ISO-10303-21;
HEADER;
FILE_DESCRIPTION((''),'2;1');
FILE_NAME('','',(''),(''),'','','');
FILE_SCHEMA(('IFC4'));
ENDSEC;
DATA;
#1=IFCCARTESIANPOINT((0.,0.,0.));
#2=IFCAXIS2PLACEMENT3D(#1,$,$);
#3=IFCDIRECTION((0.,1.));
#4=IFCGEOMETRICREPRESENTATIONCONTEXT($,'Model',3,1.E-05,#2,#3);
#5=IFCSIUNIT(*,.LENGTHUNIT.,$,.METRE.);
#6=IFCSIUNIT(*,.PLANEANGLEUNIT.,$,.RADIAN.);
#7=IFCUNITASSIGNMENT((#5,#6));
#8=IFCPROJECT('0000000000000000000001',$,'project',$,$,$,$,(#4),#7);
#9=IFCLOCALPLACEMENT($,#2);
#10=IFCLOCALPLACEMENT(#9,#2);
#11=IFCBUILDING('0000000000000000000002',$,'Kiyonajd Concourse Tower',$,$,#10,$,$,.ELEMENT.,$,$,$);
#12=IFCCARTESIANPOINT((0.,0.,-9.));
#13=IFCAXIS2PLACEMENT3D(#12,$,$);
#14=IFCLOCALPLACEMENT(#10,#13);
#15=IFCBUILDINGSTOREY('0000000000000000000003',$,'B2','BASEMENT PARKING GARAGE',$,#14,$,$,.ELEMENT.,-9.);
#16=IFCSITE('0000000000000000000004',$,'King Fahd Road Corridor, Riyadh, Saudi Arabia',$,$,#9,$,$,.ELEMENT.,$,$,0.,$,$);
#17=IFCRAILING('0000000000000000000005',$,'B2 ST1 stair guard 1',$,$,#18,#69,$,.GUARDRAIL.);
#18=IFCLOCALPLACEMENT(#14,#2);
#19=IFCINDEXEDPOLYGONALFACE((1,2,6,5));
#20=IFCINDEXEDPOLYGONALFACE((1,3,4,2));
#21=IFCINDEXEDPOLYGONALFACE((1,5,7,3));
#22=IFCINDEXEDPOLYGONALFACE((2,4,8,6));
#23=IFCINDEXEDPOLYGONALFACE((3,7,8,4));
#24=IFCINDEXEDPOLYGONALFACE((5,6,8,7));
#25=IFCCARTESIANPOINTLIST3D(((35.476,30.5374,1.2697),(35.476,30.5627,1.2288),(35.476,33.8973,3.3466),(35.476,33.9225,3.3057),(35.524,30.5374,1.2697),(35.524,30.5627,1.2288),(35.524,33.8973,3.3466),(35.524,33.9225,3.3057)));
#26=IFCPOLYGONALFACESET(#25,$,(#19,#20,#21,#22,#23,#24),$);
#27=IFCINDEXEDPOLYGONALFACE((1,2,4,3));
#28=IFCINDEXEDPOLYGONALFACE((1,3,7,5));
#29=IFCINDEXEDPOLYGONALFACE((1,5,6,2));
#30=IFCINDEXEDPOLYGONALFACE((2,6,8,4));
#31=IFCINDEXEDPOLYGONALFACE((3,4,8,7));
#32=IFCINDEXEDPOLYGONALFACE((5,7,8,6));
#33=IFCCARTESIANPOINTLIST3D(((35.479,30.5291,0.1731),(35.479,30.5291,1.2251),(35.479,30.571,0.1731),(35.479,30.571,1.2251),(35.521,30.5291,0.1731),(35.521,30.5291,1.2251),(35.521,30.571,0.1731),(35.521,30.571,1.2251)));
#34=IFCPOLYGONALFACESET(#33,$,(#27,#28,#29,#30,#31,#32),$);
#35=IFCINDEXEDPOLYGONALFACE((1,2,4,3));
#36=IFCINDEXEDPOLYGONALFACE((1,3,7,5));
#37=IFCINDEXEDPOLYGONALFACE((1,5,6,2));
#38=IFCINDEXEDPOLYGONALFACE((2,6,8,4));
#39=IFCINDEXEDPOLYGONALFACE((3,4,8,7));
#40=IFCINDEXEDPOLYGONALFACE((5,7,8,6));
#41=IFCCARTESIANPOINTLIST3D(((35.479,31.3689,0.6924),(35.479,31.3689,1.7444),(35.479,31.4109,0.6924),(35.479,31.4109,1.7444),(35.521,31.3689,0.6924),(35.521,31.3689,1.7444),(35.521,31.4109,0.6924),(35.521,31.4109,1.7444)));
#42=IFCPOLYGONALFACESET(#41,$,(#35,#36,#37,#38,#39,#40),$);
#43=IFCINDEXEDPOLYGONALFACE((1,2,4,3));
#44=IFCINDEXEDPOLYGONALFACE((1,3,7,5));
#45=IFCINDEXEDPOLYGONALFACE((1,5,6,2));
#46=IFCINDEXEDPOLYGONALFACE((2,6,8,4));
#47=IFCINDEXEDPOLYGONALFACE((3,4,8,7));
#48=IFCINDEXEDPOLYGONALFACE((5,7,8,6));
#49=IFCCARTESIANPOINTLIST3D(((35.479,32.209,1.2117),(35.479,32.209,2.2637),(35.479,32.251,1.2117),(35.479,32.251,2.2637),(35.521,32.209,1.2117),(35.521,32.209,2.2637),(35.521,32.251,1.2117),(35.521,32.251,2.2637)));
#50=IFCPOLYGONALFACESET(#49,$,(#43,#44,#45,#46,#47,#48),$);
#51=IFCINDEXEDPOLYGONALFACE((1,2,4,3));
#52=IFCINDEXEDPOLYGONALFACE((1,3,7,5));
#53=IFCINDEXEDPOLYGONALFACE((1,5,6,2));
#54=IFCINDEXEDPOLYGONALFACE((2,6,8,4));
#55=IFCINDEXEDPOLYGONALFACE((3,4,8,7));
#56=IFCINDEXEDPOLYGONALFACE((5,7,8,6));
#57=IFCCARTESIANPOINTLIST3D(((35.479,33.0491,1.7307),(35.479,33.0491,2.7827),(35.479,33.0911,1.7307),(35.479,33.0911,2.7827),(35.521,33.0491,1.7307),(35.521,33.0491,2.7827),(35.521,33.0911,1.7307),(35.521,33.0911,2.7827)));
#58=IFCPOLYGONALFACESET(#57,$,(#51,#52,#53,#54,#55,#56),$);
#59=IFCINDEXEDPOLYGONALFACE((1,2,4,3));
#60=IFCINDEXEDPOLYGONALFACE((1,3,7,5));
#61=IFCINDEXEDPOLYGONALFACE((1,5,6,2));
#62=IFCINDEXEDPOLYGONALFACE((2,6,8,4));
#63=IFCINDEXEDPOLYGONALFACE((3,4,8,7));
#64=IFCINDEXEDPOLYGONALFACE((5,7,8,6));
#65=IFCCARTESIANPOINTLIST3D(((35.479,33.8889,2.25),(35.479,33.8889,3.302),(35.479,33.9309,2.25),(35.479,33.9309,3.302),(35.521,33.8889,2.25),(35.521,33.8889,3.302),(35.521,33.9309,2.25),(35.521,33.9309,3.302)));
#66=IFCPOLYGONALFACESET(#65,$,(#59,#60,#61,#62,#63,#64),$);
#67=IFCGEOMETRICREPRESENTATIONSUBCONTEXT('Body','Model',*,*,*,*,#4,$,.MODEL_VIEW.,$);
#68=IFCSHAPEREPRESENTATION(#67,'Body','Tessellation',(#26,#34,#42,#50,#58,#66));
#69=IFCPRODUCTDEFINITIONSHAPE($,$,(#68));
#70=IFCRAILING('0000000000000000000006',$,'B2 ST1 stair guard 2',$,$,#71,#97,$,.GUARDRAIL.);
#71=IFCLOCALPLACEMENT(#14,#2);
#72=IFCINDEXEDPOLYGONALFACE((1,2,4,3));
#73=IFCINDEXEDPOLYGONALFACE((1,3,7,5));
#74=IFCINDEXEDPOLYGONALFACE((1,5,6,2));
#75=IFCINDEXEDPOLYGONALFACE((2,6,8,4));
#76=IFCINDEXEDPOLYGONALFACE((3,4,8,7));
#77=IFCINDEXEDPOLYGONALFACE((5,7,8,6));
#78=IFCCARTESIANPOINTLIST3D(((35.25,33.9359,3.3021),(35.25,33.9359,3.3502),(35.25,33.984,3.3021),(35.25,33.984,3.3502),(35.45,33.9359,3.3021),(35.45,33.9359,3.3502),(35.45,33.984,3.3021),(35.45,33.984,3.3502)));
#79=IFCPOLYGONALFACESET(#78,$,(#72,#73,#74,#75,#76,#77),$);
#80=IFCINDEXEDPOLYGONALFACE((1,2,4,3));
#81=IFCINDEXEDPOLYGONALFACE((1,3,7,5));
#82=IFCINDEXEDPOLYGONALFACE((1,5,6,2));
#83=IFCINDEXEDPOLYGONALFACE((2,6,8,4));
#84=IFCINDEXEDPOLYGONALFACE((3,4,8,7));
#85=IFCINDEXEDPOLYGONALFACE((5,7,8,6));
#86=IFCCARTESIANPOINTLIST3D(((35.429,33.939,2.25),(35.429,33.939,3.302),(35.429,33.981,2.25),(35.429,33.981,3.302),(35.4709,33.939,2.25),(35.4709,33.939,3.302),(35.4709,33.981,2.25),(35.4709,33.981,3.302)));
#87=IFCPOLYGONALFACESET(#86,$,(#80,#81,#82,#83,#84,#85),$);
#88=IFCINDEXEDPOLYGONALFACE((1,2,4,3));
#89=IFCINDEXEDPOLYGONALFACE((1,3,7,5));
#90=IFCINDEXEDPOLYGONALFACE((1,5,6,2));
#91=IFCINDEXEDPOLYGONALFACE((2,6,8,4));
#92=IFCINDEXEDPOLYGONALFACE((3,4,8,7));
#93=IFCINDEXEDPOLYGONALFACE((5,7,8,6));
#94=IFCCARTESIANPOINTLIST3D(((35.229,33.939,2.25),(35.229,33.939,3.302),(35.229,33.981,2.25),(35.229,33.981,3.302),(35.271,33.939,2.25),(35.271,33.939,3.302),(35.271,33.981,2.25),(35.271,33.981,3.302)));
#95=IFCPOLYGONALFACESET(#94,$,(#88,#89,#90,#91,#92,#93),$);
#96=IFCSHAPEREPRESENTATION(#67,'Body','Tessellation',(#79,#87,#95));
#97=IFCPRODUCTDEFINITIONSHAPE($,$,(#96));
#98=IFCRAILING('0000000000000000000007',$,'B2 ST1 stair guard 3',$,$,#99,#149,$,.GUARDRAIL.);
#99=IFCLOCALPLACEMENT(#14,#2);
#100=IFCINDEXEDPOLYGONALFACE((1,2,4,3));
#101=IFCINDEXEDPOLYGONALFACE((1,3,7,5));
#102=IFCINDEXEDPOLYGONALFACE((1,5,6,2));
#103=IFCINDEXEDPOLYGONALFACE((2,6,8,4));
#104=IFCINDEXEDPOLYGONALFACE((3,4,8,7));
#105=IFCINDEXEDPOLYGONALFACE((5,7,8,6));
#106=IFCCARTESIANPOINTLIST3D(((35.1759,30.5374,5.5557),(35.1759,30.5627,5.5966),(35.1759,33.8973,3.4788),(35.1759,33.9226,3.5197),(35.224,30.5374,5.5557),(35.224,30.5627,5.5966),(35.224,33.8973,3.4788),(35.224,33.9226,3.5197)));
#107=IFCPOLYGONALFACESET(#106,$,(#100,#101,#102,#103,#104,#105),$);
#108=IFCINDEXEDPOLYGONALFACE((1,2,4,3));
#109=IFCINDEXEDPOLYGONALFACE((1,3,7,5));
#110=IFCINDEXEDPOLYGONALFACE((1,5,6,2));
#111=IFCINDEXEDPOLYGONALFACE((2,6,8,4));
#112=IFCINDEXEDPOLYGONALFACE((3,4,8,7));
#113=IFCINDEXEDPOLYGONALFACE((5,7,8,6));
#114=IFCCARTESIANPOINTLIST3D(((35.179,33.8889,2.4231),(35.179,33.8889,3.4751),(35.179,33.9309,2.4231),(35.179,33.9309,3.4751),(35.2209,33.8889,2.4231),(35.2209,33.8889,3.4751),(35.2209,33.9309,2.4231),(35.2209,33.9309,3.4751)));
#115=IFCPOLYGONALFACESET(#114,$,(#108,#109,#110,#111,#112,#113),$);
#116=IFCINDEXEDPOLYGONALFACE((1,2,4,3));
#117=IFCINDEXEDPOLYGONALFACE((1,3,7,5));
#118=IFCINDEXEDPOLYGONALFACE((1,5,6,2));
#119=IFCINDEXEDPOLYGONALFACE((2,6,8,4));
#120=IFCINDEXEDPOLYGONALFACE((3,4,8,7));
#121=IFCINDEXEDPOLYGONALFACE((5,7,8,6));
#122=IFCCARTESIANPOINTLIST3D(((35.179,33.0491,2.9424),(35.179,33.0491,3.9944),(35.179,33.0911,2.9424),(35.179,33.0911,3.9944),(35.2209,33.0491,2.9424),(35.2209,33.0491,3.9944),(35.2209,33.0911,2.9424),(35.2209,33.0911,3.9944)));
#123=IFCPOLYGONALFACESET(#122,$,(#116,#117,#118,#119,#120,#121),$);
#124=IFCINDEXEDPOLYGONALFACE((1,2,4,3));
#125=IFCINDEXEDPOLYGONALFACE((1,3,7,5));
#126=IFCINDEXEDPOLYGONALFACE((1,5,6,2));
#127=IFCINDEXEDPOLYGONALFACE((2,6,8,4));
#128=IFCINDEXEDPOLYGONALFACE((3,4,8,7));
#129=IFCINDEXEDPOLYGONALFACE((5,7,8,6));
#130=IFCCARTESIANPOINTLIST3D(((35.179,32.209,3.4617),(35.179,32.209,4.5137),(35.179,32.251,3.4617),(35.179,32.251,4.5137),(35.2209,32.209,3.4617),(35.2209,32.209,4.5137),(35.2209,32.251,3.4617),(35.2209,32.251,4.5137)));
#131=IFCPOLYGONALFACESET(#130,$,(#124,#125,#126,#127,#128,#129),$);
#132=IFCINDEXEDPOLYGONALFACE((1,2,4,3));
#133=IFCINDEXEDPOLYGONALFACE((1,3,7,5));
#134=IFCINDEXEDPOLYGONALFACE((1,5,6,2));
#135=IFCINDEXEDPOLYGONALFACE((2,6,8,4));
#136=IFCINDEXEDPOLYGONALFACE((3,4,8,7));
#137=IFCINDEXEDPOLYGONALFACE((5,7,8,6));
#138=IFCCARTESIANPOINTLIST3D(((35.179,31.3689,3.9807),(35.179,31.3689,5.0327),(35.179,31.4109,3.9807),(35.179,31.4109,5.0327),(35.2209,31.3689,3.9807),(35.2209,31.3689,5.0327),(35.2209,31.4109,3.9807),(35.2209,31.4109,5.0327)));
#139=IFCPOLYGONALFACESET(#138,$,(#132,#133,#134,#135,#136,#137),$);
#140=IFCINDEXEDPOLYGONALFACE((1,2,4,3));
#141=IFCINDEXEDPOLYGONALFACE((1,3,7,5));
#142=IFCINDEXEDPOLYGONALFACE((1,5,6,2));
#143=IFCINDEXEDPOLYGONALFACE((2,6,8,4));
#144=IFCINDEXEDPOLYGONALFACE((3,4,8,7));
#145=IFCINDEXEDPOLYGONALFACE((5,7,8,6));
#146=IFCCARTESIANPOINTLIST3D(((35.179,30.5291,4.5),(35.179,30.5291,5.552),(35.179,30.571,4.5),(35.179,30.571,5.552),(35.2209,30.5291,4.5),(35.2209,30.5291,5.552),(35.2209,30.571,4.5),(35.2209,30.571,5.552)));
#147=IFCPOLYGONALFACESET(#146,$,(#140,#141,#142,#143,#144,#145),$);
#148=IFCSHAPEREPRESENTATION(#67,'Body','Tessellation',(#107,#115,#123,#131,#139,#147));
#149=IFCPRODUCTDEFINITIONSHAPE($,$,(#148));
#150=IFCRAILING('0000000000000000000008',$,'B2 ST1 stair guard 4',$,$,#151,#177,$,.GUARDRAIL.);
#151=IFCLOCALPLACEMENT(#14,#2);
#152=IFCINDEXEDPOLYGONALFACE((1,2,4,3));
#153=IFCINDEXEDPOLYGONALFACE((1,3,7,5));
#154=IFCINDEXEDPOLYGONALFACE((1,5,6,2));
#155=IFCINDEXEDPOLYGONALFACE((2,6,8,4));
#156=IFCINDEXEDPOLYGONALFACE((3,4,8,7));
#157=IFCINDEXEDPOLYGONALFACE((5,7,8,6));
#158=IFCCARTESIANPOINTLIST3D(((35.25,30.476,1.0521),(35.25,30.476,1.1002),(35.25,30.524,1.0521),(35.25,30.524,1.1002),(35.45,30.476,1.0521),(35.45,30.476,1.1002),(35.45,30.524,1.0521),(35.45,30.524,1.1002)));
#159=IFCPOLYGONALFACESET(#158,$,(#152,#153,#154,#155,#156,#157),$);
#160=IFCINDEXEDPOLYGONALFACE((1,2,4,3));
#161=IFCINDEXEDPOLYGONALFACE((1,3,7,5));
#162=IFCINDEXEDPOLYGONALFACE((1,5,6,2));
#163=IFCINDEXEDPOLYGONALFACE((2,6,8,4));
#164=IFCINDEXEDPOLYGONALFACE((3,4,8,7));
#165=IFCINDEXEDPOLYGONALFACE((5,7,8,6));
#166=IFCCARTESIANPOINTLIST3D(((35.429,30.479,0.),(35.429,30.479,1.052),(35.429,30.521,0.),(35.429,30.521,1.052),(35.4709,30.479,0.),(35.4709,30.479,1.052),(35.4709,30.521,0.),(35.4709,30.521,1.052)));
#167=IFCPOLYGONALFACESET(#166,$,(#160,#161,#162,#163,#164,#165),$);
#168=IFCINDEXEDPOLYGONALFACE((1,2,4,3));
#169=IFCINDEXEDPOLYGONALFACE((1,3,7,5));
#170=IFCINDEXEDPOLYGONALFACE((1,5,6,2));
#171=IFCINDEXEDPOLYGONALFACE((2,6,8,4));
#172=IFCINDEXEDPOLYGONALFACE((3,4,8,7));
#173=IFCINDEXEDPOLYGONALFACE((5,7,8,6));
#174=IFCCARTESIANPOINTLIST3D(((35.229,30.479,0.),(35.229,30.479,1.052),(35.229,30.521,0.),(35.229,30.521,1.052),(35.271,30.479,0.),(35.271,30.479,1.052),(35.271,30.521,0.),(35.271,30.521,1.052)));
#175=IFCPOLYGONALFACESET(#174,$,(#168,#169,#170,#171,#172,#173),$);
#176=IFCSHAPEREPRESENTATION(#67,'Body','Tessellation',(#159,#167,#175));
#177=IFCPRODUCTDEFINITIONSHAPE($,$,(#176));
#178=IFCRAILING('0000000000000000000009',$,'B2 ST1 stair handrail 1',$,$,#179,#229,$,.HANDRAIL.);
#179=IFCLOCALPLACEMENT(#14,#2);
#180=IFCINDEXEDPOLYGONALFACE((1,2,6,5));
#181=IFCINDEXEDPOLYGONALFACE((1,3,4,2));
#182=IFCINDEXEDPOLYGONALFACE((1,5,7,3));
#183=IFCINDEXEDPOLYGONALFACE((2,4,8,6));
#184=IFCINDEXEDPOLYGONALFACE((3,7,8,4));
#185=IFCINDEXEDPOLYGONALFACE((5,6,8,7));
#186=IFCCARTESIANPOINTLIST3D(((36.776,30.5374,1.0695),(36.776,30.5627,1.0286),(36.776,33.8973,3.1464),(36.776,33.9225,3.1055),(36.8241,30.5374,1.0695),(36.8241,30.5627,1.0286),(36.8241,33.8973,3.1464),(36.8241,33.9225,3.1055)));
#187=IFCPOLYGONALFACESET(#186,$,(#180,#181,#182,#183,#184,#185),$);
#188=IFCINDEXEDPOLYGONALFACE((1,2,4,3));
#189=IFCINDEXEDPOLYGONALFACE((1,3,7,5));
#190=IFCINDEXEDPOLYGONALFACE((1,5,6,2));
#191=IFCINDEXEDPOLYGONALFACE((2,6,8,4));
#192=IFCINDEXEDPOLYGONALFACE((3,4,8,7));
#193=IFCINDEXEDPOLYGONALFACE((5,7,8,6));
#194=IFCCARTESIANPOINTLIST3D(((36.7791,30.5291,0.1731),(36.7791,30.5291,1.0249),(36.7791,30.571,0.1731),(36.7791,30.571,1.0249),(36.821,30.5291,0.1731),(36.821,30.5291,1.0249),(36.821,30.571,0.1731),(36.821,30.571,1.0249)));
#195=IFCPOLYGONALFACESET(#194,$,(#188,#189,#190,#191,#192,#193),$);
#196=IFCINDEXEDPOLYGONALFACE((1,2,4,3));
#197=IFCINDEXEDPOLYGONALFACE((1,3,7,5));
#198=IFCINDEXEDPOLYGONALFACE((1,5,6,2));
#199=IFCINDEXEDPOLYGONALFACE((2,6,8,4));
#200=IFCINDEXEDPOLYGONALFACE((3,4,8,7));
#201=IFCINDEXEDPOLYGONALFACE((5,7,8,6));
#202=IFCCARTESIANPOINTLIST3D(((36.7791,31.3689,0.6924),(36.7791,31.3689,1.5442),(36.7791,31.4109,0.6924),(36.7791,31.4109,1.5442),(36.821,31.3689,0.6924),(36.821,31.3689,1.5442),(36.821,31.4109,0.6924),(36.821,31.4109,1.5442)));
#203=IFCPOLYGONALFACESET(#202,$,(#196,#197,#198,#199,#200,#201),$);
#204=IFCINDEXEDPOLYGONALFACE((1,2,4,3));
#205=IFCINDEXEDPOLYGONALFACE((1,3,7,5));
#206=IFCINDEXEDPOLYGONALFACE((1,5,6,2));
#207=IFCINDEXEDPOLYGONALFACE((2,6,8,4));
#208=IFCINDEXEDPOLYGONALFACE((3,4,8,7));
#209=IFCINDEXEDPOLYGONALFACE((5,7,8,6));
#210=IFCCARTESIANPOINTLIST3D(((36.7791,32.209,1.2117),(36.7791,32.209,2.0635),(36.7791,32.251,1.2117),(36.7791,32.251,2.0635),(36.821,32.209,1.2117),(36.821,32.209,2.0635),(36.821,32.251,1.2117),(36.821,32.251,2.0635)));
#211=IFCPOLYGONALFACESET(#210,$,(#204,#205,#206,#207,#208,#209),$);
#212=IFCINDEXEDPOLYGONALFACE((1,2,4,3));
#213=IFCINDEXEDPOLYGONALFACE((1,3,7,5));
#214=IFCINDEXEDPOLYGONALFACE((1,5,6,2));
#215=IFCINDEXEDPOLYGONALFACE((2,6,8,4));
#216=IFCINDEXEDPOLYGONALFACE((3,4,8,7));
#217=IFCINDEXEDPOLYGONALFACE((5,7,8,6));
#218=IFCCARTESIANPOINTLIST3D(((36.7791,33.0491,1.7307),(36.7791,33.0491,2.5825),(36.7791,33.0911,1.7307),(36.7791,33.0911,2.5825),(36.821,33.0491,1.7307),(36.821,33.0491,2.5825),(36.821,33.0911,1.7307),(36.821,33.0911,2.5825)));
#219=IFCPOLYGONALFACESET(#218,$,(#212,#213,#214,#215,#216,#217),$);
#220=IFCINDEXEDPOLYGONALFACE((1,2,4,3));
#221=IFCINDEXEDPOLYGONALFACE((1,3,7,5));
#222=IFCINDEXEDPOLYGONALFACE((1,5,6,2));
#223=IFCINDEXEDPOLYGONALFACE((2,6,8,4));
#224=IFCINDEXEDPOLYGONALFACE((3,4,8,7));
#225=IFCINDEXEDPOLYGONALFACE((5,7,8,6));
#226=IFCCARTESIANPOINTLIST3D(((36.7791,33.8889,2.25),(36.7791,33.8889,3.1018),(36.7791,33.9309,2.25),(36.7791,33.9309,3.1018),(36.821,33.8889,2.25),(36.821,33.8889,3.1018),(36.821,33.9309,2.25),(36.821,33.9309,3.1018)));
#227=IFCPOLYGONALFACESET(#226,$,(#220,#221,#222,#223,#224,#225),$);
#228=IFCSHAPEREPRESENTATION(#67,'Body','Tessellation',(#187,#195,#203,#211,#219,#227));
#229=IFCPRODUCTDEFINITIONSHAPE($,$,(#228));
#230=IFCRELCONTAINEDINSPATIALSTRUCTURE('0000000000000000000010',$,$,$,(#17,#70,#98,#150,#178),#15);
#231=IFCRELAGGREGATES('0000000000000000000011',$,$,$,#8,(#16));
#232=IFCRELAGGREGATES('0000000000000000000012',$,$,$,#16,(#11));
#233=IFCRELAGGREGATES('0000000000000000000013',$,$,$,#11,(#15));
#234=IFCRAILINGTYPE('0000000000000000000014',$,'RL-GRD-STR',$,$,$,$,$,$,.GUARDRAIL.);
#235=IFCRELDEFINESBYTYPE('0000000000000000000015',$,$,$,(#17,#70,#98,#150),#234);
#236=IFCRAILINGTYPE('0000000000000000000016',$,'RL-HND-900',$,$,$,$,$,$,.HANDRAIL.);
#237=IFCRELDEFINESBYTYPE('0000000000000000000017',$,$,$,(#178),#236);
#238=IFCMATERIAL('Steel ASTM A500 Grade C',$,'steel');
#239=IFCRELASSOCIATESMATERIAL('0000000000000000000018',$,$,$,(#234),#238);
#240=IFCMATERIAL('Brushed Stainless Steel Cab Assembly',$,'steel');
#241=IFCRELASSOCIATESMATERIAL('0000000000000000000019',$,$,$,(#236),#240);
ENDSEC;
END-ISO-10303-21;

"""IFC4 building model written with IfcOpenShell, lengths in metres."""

from ifc_helpers import new_model, si_unit, direction, frame, origin, origin_2d, place, context, subcontext, project, spatial, rectangle, extrude, material, type_object, element, save


model = new_model("IFC4")

# Units and contexts
model_context = context("Model", 3, precision=1e-05, world=origin(), true_north=direction((0.0, 1.0)))
body_context = subcontext(model_context, "Body", "Model", "MODEL_VIEW")
ifc_project = project(units=[si_unit("LENGTHUNIT", "METRE"), si_unit("PLANEANGLEUNIT", "RADIAN")], contexts=[model_context])

# Site, building, storey
site_placement = place(None, origin())
site = spatial("IfcSite", under=ifc_project, at=site_placement, Name="King Fahd Road Corridor, Riyadh, Saudi Arabia", CompositionType="ELEMENT", RefElevation=0.0)
building_placement = place(site_placement, origin())
building = spatial("IfcBuilding", under=site, at=building_placement, Name="Kiyonajd Concourse Tower", CompositionType="ELEMENT")
storey_placement = place(building_placement, frame((0.0, 0.0, -9.0)))
storey = spatial("IfcBuildingStorey", under=building, at=storey_placement, Name="B2", Description="BASEMENT PARKING GARAGE", CompositionType="ELEMENT", Elevation=-9.0)

# Shared definitions
ifc_material_1 = material(Name="Brushed Stainless Steel Cab Assembly", Category="steel")

# Railings
ifc_material_2 = material(Name="Steel ASTM A500 Grade C", Category="steel")
railing_type_1 = type_object("IfcRailingType", Name="RL-GRD-STR", PredefinedType="GUARDRAIL", material=ifc_material_2)
railing_1_placement = place(storey_placement, frame((35.5, 30.55, 0.1731)))
element("IfcRailing", 1, at=railing_1_placement, inside=storey, type_object=railing_type_1, Name="B2 ST1 stair guard 1", PredefinedType="GUARDRAIL", context=body_context, shape_type="SweptSolid", body=[
    extrude(rectangle(XDim=0.0481, YDim=0.0481, at=origin_2d()), frame((0.0, 0.0, 1.0762), z_axis=(0.0, 0.850606, 0.525803), x_axis=(-1.0, 0.0, 0.0)), (0.0, 0.0, 1.0), 3.95),
    extrude(rectangle(XDim=0.042, YDim=0.042, at=origin_2d()), origin(), (0.0, 0.0, 1.0), 1.052),
    extrude(rectangle(XDim=0.042, YDim=0.042, at=origin_2d()), frame((0.0, 0.8398, 0.5193)), (0.0, 0.0, 1.0), 1.052),
    extrude(rectangle(XDim=0.042, YDim=0.042, at=origin_2d()), frame((0.0, 1.6799, 1.0386)), (0.0, 0.0, 1.0), 1.052),
    extrude(rectangle(XDim=0.042, YDim=0.042, at=origin_2d()), frame((0.0, 2.52, 1.5576)), (0.0, 0.0, 1.0), 1.052),
    extrude(rectangle(XDim=0.042, YDim=0.042, at=origin_2d()), frame((0.0, 3.3599, 2.0769)), (0.0, 0.0, 1.0), 1.052),
])
railing_2_placement = place(storey_placement, frame((35.45, 33.96, 2.25)))
element("IfcRailing", 2, at=railing_2_placement, inside=storey, type_object=railing_type_1, Name="B2 ST1 stair guard 2", PredefinedType="GUARDRAIL", context=body_context, shape_type="SweptSolid", body=[
    extrude(rectangle(XDim=0.0481, YDim=0.0481, at=origin_2d()), frame((0.0, 0.0, 1.0762), z_axis=(-1.0, 0.0, 0.0), x_axis=(0.0, -1.0, 0.0)), (0.0, 0.0, 1.0), 0.2),
    extrude(rectangle(XDim=0.042, YDim=0.042, at=origin_2d()), origin(), (0.0, 0.0, 1.0), 1.052),
    extrude(rectangle(XDim=0.042, YDim=0.042, at=origin_2d()), frame((-0.2, 0.0, 0.0)), (0.0, 0.0, 1.0), 1.052),
])
railing_3_placement = place(storey_placement, frame((35.2, 33.9099, 2.4231)))
element("IfcRailing", 3, at=railing_3_placement, inside=storey, type_object=railing_type_1, Name="B2 ST1 stair guard 3", PredefinedType="GUARDRAIL", context=body_context, shape_type="SweptSolid", body=[
    extrude(rectangle(XDim=0.0481, YDim=0.0481, at=origin_2d()), frame((0.0, 0.0, 1.0762), z_axis=(0.0, -0.850606, 0.525803), x_axis=(1.0, 0.0, 0.0)), (0.0, 0.0, 1.0), 3.95),
    extrude(rectangle(XDim=0.042, YDim=0.042, at=origin_2d()), origin(), (0.0, 0.0, 1.0), 1.052),
    extrude(rectangle(XDim=0.042, YDim=0.042, at=origin_2d()), frame((0.0, -0.8398, 0.5193)), (0.0, 0.0, 1.0), 1.052),
    extrude(rectangle(XDim=0.042, YDim=0.042, at=origin_2d()), frame((0.0, -1.6799, 1.0386)), (0.0, 0.0, 1.0), 1.052),
    extrude(rectangle(XDim=0.042, YDim=0.042, at=origin_2d()), frame((0.0, -2.52, 1.5576)), (0.0, 0.0, 1.0), 1.052),
    extrude(rectangle(XDim=0.042, YDim=0.042, at=origin_2d()), frame((0.0, -3.3599, 2.0769)), (0.0, 0.0, 1.0), 1.052),
])
railing_4_placement = place(storey_placement, frame((35.45, 30.5, 0.0)))
element("IfcRailing", 4, at=railing_4_placement, inside=storey, type_object=railing_type_1, Name="B2 ST1 stair guard 4", PredefinedType="GUARDRAIL", context=body_context, shape_type="SweptSolid", body=[
    extrude(rectangle(XDim=0.0481, YDim=0.0481, at=origin_2d()), frame((0.0, 0.0, 1.0762), z_axis=(-1.0, 0.0, 0.0), x_axis=(0.0, -1.0, 0.0)), (0.0, 0.0, 1.0), 0.2),
    extrude(rectangle(XDim=0.042, YDim=0.042, at=origin_2d()), origin(), (0.0, 0.0, 1.0), 1.052),
    extrude(rectangle(XDim=0.042, YDim=0.042, at=origin_2d()), frame((-0.2, 0.0, 0.0)), (0.0, 0.0, 1.0), 1.052),
])
railing_type_2 = type_object("IfcRailingType", Name="RL-HND-900", PredefinedType="HANDRAIL", material=ifc_material_1)
railing_5_placement = place(storey_placement, frame((36.8, 30.55, 0.1731)))
element("IfcRailing", 5, at=railing_5_placement, inside=storey, type_object=railing_type_2, Name="B2 ST1 stair handrail 1", PredefinedType="HANDRAIL", context=body_context, shape_type="SweptSolid", body=[
    extrude(rectangle(XDim=0.0481, YDim=0.0481, at=origin_2d()), frame((0.0, 0.0, 0.876), z_axis=(0.0, 0.850606, 0.525803), x_axis=(-1.0, 0.0, 0.0)), (0.0, 0.0, 1.0), 3.95),
    extrude(rectangle(XDim=0.042, YDim=0.042, at=origin_2d()), origin(), (0.0, 0.0, 1.0), 0.8518),
    extrude(rectangle(XDim=0.042, YDim=0.042, at=origin_2d()), frame((0.0, 0.8398, 0.5193)), (0.0, 0.0, 1.0), 0.8518),
    extrude(rectangle(XDim=0.042, YDim=0.042, at=origin_2d()), frame((0.0, 1.6799, 1.0386)), (0.0, 0.0, 1.0), 0.8518),
    extrude(rectangle(XDim=0.042, YDim=0.042, at=origin_2d()), frame((0.0, 2.52, 1.5576)), (0.0, 0.0, 1.0), 0.8518),
    extrude(rectangle(XDim=0.042, YDim=0.042, at=origin_2d()), frame((0.0, 3.3599, 2.0769)), (0.0, 0.0, 1.0), 0.8518),
])

save(model, "model.ifc")
